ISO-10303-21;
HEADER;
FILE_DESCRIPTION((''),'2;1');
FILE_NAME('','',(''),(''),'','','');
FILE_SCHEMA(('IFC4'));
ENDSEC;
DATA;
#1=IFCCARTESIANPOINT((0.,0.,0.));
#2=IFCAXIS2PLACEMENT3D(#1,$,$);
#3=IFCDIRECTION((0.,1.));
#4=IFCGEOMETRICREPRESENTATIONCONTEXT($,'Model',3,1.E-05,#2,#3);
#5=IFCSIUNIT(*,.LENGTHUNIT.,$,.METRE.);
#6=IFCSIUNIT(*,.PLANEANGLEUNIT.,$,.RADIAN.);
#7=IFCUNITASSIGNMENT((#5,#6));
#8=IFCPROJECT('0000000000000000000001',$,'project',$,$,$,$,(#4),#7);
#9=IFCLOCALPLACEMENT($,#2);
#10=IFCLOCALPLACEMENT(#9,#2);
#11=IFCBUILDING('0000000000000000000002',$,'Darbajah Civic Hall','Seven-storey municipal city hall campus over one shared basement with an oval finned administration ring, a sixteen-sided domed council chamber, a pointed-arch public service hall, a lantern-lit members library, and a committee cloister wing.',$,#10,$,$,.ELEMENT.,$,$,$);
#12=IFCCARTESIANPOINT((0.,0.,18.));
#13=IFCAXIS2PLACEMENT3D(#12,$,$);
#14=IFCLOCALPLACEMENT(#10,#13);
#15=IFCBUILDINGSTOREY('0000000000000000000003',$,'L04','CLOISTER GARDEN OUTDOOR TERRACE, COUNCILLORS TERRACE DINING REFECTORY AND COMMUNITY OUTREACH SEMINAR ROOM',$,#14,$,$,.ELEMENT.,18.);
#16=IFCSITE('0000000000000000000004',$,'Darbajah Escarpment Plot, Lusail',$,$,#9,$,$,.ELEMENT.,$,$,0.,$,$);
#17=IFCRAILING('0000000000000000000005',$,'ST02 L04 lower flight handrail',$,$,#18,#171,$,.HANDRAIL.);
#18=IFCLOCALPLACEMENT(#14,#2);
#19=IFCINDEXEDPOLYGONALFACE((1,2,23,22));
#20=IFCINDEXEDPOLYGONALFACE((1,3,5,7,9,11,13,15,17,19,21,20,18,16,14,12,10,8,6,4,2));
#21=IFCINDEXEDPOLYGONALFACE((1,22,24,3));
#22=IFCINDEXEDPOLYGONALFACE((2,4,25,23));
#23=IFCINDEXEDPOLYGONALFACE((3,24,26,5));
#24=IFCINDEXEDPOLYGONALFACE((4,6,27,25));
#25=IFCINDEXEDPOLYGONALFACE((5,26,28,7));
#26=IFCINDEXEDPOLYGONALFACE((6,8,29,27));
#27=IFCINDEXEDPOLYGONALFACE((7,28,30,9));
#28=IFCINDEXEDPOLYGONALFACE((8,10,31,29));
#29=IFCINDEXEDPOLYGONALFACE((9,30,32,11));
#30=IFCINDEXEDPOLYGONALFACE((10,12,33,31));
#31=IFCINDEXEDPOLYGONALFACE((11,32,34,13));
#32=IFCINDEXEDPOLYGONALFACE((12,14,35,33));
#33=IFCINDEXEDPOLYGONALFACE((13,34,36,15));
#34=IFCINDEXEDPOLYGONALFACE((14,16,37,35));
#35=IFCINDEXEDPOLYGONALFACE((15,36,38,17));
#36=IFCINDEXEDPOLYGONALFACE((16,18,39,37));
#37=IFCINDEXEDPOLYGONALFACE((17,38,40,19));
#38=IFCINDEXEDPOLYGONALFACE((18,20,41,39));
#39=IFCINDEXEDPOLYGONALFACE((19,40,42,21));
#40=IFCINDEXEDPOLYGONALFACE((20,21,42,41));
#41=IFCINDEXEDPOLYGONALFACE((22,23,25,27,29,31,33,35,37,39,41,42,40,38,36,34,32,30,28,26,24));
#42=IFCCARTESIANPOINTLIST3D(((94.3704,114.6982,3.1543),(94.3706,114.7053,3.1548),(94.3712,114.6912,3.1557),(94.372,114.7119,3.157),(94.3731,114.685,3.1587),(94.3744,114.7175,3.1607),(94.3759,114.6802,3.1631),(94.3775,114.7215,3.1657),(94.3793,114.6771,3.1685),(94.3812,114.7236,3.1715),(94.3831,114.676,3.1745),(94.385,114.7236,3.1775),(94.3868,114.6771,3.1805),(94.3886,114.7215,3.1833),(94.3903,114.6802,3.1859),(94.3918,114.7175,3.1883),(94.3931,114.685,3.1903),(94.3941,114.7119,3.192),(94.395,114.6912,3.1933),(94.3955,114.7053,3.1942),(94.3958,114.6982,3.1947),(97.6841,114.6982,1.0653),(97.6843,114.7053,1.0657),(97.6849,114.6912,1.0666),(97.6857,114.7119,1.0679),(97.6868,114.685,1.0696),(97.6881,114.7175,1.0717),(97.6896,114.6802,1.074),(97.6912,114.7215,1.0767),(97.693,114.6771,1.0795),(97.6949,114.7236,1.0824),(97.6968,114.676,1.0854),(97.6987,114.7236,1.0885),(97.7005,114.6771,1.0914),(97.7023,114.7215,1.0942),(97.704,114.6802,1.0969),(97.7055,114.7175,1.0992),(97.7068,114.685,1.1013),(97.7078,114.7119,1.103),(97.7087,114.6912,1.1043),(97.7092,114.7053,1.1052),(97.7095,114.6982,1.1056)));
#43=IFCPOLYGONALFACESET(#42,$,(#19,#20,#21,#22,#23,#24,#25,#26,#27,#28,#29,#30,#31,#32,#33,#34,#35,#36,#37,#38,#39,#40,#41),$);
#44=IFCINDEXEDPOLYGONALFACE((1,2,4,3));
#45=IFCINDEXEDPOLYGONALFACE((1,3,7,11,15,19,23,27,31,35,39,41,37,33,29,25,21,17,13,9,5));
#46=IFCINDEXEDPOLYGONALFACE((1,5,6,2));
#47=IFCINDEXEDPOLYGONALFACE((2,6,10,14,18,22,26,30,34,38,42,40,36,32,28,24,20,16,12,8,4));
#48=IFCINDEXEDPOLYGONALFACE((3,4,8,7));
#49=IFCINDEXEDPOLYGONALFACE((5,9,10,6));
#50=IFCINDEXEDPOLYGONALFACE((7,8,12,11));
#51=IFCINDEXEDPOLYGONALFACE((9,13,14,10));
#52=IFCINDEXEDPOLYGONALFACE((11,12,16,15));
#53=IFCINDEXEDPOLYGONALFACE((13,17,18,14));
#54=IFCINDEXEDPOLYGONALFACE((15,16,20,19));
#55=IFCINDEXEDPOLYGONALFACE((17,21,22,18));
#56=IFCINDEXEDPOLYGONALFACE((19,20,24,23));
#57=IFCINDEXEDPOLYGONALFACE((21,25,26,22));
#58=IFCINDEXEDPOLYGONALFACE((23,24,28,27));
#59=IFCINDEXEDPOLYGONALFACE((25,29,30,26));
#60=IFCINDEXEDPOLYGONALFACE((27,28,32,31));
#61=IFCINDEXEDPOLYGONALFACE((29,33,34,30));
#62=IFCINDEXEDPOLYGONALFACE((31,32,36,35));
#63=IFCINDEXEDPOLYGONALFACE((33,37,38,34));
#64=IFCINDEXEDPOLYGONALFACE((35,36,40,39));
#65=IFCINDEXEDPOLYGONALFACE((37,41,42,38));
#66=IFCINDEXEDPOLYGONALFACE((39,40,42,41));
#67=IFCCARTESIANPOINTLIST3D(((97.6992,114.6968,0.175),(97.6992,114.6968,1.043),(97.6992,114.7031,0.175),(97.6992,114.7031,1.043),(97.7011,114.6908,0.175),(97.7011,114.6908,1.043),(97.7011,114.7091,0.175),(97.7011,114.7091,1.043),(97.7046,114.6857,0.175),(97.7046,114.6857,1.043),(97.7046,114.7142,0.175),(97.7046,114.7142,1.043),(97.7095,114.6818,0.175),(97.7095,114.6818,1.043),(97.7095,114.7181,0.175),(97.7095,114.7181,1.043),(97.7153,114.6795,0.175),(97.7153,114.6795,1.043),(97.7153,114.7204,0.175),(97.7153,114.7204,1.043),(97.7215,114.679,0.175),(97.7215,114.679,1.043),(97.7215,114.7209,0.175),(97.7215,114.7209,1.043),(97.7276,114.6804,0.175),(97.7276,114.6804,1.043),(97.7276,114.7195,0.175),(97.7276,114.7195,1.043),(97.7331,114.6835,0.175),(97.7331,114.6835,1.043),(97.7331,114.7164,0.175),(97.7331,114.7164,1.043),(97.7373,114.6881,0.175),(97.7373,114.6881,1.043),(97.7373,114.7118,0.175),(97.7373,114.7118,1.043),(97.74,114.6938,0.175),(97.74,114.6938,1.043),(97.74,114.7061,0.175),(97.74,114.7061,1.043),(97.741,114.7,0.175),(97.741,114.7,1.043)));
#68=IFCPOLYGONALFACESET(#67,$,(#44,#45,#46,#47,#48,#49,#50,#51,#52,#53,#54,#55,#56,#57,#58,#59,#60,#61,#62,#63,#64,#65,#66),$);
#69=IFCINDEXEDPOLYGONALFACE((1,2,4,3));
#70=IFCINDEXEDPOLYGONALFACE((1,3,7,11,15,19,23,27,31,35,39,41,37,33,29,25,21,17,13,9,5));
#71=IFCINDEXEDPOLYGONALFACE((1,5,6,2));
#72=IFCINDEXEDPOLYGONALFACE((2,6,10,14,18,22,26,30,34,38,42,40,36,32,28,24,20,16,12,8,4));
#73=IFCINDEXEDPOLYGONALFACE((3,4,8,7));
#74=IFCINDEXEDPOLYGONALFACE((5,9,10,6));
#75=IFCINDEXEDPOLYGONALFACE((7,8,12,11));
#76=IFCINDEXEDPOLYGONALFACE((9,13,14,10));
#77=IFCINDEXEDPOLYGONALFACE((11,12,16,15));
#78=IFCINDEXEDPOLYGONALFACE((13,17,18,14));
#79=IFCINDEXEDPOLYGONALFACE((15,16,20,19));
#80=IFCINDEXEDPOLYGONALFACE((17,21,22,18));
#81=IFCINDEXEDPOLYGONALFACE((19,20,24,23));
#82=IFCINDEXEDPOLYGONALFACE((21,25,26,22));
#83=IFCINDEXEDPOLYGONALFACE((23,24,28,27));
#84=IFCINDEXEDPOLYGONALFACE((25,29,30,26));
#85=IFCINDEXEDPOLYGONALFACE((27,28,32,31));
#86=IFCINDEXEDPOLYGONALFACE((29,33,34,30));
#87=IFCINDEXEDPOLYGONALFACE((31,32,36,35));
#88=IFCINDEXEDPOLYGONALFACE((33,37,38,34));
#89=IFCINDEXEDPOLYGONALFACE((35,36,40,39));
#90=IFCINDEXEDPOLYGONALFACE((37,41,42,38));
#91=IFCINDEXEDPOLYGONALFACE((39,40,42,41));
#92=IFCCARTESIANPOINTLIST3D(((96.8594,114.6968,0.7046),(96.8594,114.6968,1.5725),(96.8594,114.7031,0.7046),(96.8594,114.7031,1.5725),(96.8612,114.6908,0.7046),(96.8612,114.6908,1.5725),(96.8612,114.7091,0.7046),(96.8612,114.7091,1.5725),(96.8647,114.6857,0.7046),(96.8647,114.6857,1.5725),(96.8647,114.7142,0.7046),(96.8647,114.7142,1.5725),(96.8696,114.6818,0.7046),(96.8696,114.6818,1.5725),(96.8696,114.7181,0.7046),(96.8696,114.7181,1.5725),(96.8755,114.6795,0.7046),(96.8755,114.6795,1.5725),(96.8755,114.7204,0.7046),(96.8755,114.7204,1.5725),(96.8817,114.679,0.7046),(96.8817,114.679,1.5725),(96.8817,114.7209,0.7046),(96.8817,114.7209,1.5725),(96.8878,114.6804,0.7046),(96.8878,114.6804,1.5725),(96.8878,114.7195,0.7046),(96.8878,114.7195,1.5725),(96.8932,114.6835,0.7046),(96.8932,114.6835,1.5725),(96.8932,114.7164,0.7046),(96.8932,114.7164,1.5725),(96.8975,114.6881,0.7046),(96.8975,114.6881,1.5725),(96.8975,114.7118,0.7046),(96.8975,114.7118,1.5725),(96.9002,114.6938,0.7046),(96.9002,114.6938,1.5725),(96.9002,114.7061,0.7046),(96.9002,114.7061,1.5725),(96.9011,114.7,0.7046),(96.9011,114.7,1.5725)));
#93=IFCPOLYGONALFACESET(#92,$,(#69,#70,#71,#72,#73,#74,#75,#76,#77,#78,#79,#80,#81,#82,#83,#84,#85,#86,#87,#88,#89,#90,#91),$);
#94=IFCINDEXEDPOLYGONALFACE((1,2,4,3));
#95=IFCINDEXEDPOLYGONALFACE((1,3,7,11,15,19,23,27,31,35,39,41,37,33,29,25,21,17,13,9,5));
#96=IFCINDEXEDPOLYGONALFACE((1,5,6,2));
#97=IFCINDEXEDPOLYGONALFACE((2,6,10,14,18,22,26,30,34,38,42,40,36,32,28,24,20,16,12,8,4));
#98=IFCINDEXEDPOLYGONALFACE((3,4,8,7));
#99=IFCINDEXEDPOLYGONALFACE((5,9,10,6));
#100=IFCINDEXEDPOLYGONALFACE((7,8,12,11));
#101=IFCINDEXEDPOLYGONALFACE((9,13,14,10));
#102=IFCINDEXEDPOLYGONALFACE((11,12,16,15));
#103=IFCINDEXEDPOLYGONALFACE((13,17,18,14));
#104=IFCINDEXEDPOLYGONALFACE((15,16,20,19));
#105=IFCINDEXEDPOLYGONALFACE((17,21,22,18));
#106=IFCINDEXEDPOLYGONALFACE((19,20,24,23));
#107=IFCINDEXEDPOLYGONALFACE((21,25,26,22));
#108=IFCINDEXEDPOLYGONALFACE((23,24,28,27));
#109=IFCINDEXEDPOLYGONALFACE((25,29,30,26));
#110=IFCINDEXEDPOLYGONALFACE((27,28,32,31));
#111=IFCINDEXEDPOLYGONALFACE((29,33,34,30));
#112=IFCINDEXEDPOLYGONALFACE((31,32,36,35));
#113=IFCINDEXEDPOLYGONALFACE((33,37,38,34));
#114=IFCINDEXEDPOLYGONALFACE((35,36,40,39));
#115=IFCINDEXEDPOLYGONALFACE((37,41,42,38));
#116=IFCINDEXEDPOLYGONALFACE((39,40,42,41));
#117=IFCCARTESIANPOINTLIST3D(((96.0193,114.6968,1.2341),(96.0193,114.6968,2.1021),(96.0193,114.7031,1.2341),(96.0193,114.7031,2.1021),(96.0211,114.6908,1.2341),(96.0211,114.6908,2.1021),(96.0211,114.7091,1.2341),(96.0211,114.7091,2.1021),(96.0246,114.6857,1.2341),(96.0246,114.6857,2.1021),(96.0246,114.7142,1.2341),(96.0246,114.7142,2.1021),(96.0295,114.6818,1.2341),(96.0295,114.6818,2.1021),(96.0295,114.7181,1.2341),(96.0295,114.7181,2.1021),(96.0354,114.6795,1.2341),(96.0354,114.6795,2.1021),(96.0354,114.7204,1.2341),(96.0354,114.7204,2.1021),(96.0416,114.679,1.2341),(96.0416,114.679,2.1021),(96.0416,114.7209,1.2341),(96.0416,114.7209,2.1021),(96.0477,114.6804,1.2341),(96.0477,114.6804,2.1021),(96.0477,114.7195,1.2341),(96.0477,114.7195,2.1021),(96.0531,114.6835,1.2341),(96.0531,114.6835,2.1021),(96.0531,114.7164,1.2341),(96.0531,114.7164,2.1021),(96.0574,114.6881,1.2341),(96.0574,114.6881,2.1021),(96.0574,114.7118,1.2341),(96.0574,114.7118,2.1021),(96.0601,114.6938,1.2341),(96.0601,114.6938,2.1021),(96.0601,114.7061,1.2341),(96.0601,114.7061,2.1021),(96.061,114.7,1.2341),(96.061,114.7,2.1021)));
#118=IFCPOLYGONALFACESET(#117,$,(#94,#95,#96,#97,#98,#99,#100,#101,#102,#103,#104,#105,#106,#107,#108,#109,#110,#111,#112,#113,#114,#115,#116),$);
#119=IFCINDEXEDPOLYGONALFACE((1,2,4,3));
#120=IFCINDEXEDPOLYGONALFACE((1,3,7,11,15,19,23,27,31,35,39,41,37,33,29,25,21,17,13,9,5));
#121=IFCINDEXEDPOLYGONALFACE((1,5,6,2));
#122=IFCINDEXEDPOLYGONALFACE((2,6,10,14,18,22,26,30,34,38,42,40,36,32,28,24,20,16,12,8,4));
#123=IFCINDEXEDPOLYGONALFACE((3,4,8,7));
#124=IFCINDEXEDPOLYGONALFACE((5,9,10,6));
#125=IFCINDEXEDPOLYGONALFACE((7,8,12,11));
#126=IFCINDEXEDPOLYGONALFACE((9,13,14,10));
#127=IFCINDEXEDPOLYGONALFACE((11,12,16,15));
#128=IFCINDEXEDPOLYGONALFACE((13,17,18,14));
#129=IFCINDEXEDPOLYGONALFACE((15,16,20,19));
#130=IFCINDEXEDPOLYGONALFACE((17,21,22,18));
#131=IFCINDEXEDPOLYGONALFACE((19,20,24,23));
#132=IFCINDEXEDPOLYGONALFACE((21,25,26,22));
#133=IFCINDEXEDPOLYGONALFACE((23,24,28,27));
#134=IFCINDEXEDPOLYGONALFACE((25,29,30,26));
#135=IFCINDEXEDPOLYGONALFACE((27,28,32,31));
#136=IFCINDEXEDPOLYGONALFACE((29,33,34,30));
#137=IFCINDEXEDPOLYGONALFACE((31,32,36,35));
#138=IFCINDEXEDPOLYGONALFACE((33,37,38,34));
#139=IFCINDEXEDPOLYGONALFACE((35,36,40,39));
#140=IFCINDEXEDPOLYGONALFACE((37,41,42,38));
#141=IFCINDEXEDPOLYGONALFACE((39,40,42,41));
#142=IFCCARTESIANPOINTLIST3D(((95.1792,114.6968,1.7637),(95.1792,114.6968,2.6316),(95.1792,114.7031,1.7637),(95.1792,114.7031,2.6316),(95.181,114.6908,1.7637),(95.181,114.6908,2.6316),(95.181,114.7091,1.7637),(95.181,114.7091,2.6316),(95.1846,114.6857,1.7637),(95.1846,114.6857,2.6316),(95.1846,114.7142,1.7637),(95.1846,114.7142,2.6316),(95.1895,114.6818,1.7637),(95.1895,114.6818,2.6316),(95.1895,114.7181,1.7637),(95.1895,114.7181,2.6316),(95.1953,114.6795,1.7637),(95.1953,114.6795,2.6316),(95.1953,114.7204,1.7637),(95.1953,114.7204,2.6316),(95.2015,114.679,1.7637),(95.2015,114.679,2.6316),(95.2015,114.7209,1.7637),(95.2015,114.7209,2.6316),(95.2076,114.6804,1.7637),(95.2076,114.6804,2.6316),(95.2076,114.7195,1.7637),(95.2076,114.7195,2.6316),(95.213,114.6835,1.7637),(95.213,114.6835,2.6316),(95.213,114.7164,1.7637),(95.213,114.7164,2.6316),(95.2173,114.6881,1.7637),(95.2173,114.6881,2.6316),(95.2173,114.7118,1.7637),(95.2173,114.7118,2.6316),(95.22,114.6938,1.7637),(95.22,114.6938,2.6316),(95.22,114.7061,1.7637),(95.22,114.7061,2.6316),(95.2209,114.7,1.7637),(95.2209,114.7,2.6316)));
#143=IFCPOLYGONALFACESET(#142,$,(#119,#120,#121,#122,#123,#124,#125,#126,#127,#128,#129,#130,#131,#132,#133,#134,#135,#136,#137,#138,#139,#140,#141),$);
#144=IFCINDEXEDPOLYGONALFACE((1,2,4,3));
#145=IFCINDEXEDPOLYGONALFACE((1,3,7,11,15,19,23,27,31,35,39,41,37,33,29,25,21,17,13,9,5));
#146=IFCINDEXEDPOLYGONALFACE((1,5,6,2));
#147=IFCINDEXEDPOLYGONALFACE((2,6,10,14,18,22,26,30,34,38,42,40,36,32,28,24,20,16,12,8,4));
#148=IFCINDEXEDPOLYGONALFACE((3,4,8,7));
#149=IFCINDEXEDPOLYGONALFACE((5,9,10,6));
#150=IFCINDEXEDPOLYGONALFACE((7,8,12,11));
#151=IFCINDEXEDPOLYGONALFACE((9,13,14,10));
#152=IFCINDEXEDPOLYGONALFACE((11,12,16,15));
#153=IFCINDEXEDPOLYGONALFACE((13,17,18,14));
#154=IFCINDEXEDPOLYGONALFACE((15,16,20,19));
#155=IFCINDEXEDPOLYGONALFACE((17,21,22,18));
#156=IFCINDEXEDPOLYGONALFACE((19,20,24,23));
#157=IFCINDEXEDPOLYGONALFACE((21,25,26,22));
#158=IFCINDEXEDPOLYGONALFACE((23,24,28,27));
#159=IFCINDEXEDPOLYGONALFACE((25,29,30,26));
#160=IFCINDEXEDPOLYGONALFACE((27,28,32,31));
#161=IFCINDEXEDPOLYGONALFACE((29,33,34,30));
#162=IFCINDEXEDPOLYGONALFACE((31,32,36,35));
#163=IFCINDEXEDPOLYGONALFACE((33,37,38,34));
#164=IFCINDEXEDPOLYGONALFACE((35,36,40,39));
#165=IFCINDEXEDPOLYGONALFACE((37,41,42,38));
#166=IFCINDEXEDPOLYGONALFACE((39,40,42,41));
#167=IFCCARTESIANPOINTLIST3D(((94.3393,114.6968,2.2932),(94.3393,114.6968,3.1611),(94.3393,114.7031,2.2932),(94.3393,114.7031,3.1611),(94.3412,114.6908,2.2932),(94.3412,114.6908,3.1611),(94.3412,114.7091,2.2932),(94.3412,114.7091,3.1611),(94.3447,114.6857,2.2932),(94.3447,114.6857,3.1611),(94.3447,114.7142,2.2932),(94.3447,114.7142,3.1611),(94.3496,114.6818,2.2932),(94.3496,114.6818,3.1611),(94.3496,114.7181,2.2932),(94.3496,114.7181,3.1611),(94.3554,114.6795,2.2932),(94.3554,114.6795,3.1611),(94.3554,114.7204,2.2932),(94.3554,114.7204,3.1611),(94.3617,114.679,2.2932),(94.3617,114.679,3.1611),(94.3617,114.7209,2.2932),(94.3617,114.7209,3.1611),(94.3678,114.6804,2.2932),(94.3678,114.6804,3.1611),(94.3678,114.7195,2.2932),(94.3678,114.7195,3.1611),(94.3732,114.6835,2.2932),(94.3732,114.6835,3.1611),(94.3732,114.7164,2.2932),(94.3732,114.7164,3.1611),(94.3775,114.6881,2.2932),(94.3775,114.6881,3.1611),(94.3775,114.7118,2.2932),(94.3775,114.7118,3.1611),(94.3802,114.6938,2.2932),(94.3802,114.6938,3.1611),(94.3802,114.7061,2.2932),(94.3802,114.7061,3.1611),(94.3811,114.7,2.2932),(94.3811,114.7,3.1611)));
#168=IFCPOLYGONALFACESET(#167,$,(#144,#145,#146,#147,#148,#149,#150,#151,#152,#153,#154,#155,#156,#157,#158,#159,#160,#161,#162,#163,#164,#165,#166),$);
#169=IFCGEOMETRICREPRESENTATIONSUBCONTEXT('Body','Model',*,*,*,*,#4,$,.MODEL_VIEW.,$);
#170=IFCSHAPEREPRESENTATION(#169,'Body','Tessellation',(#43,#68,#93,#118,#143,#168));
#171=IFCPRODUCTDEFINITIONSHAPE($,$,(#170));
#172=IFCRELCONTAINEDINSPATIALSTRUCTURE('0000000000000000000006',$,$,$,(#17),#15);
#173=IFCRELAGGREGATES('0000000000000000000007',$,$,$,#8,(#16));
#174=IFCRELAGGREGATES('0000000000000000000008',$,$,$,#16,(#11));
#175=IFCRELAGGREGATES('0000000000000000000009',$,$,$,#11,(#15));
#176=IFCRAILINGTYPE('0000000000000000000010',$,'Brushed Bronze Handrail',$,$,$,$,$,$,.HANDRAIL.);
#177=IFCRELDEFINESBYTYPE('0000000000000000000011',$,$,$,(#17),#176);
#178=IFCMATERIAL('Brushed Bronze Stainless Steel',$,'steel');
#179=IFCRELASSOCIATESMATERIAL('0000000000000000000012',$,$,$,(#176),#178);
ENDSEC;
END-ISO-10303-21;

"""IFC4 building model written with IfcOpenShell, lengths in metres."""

from ifc_helpers import new_model, si_unit, direction, frame, origin, origin_2d, place, context, subcontext, project, spatial, circle, extrude, material, type_object, element, save


model = new_model("IFC4")

# Units and contexts
model_context = context("Model", 3, precision=1e-05, world=origin(), true_north=direction((0.0, 1.0)))
body_context = subcontext(model_context, "Body", "Model", "MODEL_VIEW")
ifc_project = project(units=[si_unit("LENGTHUNIT", "METRE"), si_unit("PLANEANGLEUNIT", "RADIAN")], contexts=[model_context])

# Site, building, storey
site_placement = place(None, origin())
site = spatial("IfcSite", under=ifc_project, at=site_placement, Name="Darbajah Escarpment Plot, Lusail", CompositionType="ELEMENT", RefElevation=0.0)
building_placement = place(site_placement, origin())
building = spatial("IfcBuilding", under=site, at=building_placement, Name="Darbajah Civic Hall", Description="Seven-storey municipal city hall campus over one shared basement with an oval finned administration ring, a sixteen-sided domed council chamber, a pointed-arch public service hall, a lantern-lit members library, and a committee cloister wing.", CompositionType="ELEMENT")
storey_placement = place(building_placement, frame((0.0, 0.0, 18.0)))
storey = spatial("IfcBuildingStorey", under=building, at=storey_placement, Name="L04", Description="CLOISTER GARDEN OUTDOOR TERRACE, COUNCILLORS TERRACE DINING REFECTORY AND COMMUNITY OUTREACH SEMINAR ROOM", CompositionType="ELEMENT", Elevation=18.0)

# Railing
ifc_material_1 = material(Name="Brushed Bronze Stainless Steel", Category="steel")
railing_type_1 = type_object("IfcRailingType", Name="Brushed Bronze Handrail", PredefinedType="HANDRAIL", material=ifc_material_1)
railing_1_placement = place(storey_placement, frame((97.72, 114.7, 0.175)))
element("IfcRailing", 1, at=railing_1_placement, inside=storey, type_object=railing_type_1, Name="ST02 L04 lower flight handrail", PredefinedType="HANDRAIL", context=body_context, shape_type="SweptSolid", body=[
    extrude(circle(Radius=0.0239, at=origin_2d()), frame((-0.0232, 0.0, 0.9104), z_axis=(-0.845927, 0.0, 0.533299), x_axis=(0.0, -1.0, 0.0)), (0.0, 0.0, 1.0), 3.9172),
    extrude(circle(Radius=0.021, at=origin_2d()), origin(), (0.0, 0.0, 1.0), 0.8679),
    extrude(circle(Radius=0.021, at=origin_2d()), frame((-0.8398, 0.0, 0.5295)), (0.0, 0.0, 1.0), 0.8679),
    extrude(circle(Radius=0.021, at=origin_2d()), frame((-1.6799, 0.0, 1.0591)), (0.0, 0.0, 1.0), 0.8679),
    extrude(circle(Radius=0.021, at=origin_2d()), frame((-2.52, 0.0, 1.5886)), (0.0, 0.0, 1.0), 0.8679),
    extrude(circle(Radius=0.021, at=origin_2d()), frame((-3.3599, 0.0, 2.1182)), (0.0, 0.0, 1.0), 0.8679),
])

save(model, "model.ifc")
